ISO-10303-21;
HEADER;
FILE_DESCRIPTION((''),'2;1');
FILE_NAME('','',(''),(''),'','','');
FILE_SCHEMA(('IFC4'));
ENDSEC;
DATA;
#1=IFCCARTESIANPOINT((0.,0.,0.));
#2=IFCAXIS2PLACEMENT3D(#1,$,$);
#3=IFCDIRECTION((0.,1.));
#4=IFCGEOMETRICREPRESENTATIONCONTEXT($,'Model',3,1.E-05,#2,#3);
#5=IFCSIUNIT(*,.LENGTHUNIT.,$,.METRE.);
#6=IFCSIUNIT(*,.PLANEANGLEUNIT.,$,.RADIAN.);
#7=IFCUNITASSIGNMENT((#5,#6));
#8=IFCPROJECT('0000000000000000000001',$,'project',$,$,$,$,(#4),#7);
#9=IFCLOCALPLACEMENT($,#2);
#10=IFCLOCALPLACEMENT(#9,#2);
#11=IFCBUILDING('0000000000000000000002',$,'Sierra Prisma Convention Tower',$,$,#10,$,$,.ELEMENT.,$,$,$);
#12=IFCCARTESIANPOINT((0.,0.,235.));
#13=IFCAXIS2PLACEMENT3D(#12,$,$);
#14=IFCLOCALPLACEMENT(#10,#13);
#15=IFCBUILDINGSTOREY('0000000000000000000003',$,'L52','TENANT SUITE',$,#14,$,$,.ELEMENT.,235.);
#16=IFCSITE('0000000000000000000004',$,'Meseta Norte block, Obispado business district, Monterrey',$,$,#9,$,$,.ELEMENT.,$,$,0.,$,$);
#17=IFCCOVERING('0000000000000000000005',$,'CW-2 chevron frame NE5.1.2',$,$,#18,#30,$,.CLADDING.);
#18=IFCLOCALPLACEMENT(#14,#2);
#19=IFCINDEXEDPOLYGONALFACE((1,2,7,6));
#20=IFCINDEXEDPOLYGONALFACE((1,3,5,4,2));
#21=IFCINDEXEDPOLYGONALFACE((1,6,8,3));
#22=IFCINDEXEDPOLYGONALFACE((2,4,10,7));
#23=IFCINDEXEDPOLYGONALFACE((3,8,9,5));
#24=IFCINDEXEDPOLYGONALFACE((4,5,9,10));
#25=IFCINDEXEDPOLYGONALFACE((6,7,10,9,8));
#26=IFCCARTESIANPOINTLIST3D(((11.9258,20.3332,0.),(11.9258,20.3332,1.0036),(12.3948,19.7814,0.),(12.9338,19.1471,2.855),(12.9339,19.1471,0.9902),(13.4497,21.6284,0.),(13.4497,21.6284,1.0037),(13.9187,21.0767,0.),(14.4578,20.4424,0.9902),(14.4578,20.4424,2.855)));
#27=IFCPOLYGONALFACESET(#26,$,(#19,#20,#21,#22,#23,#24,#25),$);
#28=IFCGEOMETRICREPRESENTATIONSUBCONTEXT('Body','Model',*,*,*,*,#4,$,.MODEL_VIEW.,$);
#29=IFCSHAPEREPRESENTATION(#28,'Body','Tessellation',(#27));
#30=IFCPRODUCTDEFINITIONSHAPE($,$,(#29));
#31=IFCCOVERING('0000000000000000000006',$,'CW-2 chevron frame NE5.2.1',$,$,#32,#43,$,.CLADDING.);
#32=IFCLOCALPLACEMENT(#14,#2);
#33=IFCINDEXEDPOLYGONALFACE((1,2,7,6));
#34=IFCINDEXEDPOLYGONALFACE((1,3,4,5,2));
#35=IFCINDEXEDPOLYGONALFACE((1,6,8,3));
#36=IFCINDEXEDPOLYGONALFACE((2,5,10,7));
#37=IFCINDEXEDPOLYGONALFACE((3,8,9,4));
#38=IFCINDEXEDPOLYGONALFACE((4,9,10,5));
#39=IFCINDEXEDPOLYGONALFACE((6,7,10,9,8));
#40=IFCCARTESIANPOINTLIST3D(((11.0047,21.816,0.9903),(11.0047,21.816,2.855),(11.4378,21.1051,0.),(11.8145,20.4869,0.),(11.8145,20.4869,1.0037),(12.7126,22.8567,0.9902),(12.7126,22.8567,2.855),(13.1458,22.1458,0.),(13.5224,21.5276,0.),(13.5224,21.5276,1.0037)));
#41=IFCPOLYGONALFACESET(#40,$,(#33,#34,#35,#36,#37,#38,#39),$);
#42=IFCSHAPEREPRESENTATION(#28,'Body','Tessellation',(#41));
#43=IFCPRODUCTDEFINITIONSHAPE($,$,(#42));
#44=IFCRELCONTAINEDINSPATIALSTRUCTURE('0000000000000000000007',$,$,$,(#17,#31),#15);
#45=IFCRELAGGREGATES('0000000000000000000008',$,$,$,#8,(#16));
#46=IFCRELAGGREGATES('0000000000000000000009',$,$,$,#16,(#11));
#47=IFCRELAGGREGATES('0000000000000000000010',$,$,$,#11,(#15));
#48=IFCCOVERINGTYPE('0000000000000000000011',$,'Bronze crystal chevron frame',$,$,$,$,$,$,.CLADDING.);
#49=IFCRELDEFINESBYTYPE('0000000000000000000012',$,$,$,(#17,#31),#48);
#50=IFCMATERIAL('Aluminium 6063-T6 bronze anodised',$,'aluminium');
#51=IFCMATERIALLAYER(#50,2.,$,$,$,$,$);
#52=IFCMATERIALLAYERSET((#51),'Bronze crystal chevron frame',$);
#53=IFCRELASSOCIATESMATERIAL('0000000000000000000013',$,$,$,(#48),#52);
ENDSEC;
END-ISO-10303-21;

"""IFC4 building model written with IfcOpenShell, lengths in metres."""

from ifc_helpers import new_model, si_unit, direction, frame, origin, place, context, subcontext, project, spatial, polyline, outline, extrude, material, layer, layer_set, type_object, element, save


model = new_model("IFC4")

# Units and contexts
model_context = context("Model", 3, precision=1e-05, world=origin(), true_north=direction((0.0, 1.0)))
body_context = subcontext(model_context, "Body", "Model", "MODEL_VIEW")
ifc_project = project(units=[si_unit("LENGTHUNIT", "METRE"), si_unit("PLANEANGLEUNIT", "RADIAN")], contexts=[model_context])

# Site, building, storey
site_placement = place(None, origin())
site = spatial("IfcSite", under=ifc_project, at=site_placement, Name="Meseta Norte block, Obispado business district, Monterrey", CompositionType="ELEMENT", RefElevation=0.0)
building_placement = place(site_placement, origin())
building = spatial("IfcBuilding", under=site, at=building_placement, Name="Sierra Prisma Convention Tower", CompositionType="ELEMENT")
storey_placement = place(building_placement, frame((0.0, 0.0, 235.0)))
storey = spatial("IfcBuildingStorey", under=building, at=storey_placement, Name="L52", Description="TENANT SUITE", CompositionType="ELEMENT", Elevation=235.0)

# Coverings
ifc_material_1 = material(Name="Aluminium 6063-T6 bronze anodised", Category="aluminium")
ifc_layer_1 = layer(ifc_material_1, 2.0)
ifc_layer_set_1 = layer_set([ifc_layer_1], Name="Bronze crystal chevron frame")
covering_type = type_object("IfcCoveringType", Name="Bronze crystal chevron frame", PredefinedType="CLADDING", material=ifc_layer_set_1)
covering_1_placement = place(storey_placement, frame((14.4578, 20.4424, 2.855), z_axis=(0.761959, 0.647625, 0.000008), x_axis=(0.000006, 0.000005, -1.0)))
element("IfcCovering", 1, at=covering_1_placement, inside=storey, type_object=covering_type, Name="CW-2 chevron frame NE5.1.2", PredefinedType="CLADDING", context=body_context, shape_type="SweptSolid", body=[
    extrude(outline(polyline([(0.0, 0.0), (1.8647, 0.0), (2.855, 0.8324), (2.855, 1.5566), (1.8513, 1.5566), (0.0, 0.0)])), origin(), (0.0, 0.0, -1.0), 2.0),
])
covering_2_placement = place(storey_placement, frame((13.1458, 22.1458, 0.0), z_axis=(0.853966, 0.520329, -0.000017), x_axis=(-0.33482, 0.549533, 0.765447)))
element("IfcCovering", 2, at=covering_2_placement, inside=storey, type_object=covering_type, Name="CW-2 chevron frame NE5.2.1", PredefinedType="CLADDING", context=body_context, shape_type="SweptSolid", body=[
    extrude(outline(polyline([(0.0, 0.0), (1.2937, 0.0), (2.721, 1.2), (0.3024, 1.2), (-0.4658, 0.5541), (0.0, 0.0)])), origin(), (0.0, 0.0, -1.0), 2.0),
])

save(model, "model.ifc")
